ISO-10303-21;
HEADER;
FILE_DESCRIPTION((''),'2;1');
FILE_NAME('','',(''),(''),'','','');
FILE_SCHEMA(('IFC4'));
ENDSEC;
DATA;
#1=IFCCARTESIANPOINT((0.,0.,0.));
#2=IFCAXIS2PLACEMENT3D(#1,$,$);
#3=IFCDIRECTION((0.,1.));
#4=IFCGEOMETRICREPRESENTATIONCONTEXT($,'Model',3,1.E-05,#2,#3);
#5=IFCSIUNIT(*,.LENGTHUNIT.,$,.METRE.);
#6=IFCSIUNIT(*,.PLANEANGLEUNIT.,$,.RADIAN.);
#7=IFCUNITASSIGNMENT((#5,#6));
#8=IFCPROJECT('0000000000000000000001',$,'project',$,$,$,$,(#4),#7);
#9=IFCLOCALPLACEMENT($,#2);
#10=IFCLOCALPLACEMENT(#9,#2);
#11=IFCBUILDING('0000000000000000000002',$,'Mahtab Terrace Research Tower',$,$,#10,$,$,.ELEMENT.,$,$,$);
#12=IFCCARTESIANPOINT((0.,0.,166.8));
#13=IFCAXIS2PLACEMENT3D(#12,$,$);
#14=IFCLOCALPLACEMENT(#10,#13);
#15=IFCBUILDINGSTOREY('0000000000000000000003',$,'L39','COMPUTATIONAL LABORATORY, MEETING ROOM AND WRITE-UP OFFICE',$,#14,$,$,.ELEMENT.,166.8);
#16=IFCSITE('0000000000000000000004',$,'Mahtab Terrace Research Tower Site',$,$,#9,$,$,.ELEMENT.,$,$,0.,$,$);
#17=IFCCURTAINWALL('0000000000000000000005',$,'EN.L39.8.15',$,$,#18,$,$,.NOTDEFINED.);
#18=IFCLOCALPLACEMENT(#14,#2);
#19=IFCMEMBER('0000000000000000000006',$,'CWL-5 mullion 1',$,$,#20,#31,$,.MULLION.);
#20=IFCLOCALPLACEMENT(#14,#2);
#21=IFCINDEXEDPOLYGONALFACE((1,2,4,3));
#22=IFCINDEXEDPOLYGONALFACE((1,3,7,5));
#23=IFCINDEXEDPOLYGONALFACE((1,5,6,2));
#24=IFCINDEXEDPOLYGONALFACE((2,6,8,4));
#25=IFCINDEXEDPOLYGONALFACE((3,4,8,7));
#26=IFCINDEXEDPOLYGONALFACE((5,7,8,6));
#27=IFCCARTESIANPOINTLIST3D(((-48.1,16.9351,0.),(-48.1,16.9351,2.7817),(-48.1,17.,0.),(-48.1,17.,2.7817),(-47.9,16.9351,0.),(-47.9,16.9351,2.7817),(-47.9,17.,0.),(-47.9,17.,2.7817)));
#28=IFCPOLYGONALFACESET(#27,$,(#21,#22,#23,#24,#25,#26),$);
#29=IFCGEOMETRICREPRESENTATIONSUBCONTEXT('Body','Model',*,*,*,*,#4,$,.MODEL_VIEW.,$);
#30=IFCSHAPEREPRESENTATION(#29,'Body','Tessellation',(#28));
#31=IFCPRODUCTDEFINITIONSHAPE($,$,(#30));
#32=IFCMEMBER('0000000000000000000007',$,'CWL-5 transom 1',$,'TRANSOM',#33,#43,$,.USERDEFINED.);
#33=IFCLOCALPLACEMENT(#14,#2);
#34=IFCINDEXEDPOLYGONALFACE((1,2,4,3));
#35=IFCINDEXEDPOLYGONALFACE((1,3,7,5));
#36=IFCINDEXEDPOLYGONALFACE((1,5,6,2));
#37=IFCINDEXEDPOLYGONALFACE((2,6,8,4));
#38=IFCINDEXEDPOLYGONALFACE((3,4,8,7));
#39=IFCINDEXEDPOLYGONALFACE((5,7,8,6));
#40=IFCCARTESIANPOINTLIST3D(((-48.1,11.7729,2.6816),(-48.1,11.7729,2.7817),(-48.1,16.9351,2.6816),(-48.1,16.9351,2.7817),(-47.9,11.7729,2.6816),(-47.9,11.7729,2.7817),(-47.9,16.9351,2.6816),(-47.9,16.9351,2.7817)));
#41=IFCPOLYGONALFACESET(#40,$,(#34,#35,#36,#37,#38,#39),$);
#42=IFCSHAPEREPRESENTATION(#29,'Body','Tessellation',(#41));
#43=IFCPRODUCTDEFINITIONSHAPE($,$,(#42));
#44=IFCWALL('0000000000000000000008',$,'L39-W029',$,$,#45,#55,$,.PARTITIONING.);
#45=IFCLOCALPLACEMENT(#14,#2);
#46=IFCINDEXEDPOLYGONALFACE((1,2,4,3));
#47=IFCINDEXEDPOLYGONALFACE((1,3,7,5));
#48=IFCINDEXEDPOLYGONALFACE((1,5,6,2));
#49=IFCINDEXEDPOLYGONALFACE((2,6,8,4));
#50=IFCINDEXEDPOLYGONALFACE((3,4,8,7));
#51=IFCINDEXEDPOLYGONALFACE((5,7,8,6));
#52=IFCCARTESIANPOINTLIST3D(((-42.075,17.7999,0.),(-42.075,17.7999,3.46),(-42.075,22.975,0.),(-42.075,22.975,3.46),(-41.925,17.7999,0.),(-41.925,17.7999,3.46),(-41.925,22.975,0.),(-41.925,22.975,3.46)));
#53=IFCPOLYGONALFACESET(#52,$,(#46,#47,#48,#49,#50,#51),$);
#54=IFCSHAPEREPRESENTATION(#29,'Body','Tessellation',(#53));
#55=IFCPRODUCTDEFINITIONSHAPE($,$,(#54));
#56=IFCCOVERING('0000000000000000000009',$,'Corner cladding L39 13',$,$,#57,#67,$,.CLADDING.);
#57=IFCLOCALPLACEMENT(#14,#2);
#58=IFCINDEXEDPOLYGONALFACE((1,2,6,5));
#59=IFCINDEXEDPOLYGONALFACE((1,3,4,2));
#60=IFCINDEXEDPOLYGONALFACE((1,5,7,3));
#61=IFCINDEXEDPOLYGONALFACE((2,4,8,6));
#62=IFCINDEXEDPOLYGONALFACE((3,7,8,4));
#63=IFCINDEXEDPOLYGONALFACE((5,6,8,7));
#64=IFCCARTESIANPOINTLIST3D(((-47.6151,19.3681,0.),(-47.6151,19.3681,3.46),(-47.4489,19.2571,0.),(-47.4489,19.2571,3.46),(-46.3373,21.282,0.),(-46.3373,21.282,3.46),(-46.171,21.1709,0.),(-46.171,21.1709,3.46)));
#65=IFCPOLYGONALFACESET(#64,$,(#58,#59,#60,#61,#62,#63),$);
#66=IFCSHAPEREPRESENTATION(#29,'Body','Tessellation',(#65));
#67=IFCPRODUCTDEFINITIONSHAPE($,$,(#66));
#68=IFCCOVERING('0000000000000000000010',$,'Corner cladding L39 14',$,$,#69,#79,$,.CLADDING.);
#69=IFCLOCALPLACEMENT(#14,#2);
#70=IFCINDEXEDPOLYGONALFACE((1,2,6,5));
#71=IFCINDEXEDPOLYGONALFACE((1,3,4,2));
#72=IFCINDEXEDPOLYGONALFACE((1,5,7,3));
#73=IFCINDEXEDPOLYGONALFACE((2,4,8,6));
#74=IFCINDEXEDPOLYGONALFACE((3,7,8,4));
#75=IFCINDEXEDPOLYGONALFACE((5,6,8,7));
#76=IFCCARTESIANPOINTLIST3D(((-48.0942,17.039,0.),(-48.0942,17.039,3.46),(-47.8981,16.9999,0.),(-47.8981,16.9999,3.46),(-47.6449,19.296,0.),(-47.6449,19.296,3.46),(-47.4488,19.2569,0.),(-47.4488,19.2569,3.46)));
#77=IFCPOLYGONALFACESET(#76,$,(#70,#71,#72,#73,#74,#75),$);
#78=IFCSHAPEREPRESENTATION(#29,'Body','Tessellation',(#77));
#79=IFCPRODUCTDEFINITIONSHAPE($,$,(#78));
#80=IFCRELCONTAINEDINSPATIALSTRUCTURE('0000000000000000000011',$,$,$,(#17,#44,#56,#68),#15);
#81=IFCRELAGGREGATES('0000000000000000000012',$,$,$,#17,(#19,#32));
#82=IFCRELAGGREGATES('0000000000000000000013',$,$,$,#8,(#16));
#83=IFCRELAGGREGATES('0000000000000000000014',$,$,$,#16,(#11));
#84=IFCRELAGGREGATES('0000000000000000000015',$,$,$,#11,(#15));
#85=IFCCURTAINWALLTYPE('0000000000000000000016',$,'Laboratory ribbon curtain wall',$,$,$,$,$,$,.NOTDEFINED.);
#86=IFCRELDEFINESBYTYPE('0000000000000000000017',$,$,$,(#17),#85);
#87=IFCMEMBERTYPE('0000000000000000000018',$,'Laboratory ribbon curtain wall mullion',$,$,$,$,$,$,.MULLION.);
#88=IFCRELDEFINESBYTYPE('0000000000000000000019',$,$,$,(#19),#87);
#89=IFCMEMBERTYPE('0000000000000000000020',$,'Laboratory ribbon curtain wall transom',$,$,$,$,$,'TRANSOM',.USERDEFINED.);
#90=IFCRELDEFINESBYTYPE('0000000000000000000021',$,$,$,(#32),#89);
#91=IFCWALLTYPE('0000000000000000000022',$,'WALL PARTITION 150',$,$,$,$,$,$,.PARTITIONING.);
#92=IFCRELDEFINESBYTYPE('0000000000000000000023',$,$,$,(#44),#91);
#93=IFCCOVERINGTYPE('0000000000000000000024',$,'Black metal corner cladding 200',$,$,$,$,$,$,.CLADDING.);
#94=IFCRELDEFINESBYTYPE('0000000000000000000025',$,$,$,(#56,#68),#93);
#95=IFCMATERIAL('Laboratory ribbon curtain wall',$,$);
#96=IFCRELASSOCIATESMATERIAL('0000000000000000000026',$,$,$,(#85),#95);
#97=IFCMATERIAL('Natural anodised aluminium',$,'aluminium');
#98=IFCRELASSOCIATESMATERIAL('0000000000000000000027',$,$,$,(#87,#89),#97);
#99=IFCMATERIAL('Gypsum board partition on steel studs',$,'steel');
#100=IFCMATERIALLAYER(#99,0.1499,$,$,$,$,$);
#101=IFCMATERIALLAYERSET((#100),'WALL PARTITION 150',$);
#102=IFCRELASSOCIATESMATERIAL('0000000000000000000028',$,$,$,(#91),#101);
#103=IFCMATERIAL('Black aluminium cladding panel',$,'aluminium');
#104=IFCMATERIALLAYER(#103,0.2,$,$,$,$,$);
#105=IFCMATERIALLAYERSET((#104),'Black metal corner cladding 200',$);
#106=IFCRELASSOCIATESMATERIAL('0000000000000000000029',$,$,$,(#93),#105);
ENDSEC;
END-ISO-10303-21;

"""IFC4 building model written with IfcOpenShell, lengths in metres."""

from ifc_helpers import new_model, si_unit, direction, frame, frame_2d, origin, origin_2d, place, context, subcontext, project, spatial, rectangle, extrude, material, layer, layer_set, material_profile, profile_set, type_object, element, aggregate, save


model = new_model("IFC4")

# Units and contexts
model_context = context("Model", 3, precision=1e-05, world=origin(), true_north=direction((0.0, 1.0)))
body_context = subcontext(model_context, "Body", "Model", "MODEL_VIEW")
ifc_project = project(units=[si_unit("LENGTHUNIT", "METRE"), si_unit("PLANEANGLEUNIT", "RADIAN")], contexts=[model_context])

# Site, building, storey
site_placement = place(None, origin())
site = spatial("IfcSite", under=ifc_project, at=site_placement, Name="Mahtab Terrace Research Tower Site", CompositionType="ELEMENT", RefElevation=0.0)
building_placement = place(site_placement, origin())
building = spatial("IfcBuilding", under=site, at=building_placement, Name="Mahtab Terrace Research Tower", CompositionType="ELEMENT")
storey_placement = place(building_placement, frame((0.0, 0.0, 166.8)))
storey = spatial("IfcBuildingStorey", under=building, at=storey_placement, Name="L39", Description="COMPUTATIONAL LABORATORY, MEETING ROOM AND WRITE-UP OFFICE", CompositionType="ELEMENT", Elevation=166.8)

# Curtain wall, members
ifc_material_1 = material(Name="Laboratory ribbon curtain wall")
curtain_wall_type = type_object("IfcCurtainWallType", Name="Laboratory ribbon curtain wall", PredefinedType="NOTDEFINED", material=ifc_material_1)
curtain_wall_placement = place(storey_placement, origin())
curtain_wall = element("IfcCurtainWall", 1, at=curtain_wall_placement, inside=storey, type_object=curtain_wall_type, Name="EN.L39.8.15", PredefinedType="NOTDEFINED")
ifc_material_2 = material(Name="Natural anodised aluminium", Category="aluminium")
ifc_material_profile_1 = material_profile(ifc_material_2, rectangle(XDim=0.2, YDim=0.0649, at=origin_2d()), Name="MULLION 65x200")
ifc_profile_set_1 = profile_set([ifc_material_profile_1], Name="Natural anodised aluminium")
member_type_1 = type_object("IfcMemberType", Name="Laboratory ribbon curtain wall mullion", PredefinedType="MULLION", material=ifc_profile_set_1)
member_1_placement = place(storey_placement, frame((-48.0, 16.9675, 0.0), z_axis=(0.0, 0.0, 1.0), x_axis=(1.0, 0.0, 0.0)))
member_1 = element("IfcMember", 2, at=member_1_placement, type_object=member_type_1, Name="CWL-5 mullion 1", PredefinedType="MULLION", context=body_context, shape_type="SweptSolid", body=[
    extrude(rectangle(XDim=0.2, YDim=0.0649, at=origin_2d()), origin(), (0.0, 0.0, 1.0), 2.7817),
])
ifc_material_profile_2 = material_profile(ifc_material_2, rectangle(XDim=0.2, YDim=0.1001, at=origin_2d()), Name="TRANSOM 100x200")
ifc_profile_set_2 = profile_set([ifc_material_profile_2], Name="Natural anodised aluminium")
member_type_2 = type_object("IfcMemberType", Name="Laboratory ribbon curtain wall transom", ElementType="TRANSOM", PredefinedType="USERDEFINED", material=ifc_profile_set_2)
member_2_placement = place(storey_placement, frame((-48.0, 16.9351, 2.7317), z_axis=(0.0, -1.0, 0.0), x_axis=(1.0, 0.0, 0.0)))
member_2 = element("IfcMember", 3, at=member_2_placement, type_object=member_type_2, Name="CWL-5 transom 1", ObjectType="TRANSOM", PredefinedType="USERDEFINED", context=body_context, shape_type="SweptSolid", body=[
    extrude(rectangle(XDim=0.2, YDim=0.1001, at=origin_2d()), origin(), (0.0, 0.0, 1.0), 5.1621),
])
aggregate(curtain_wall, [member_1, member_2])

# Wall
ifc_material_3 = material(Name="Gypsum board partition on steel studs", Category="steel")
ifc_layer_1 = layer(ifc_material_3, 0.1499)
ifc_layer_set_1 = layer_set([ifc_layer_1], Name="WALL PARTITION 150")
wall_type_1 = type_object("IfcWallType", Name="WALL PARTITION 150", PredefinedType="PARTITIONING", material=ifc_layer_set_1)
wall_1_placement = place(storey_placement, frame((-42.0, 17.8, 0.0), z_axis=(0.0, 0.0, 1.0), x_axis=(0.0, 1.0, 0.0)))
element("IfcWall", 4, at=wall_1_placement, inside=storey, type_object=wall_type_1, Name="L39-W029", PredefinedType="PARTITIONING", context=body_context, shape_type="SweptSolid", body=[
    extrude(rectangle(XDim=5.175, YDim=0.1499, at=frame_2d((2.5874, 0.0))), origin(), (0.0, 0.0, 1.0), 3.46),
])

# Coverings
ifc_material_4 = material(Name="Black aluminium cladding panel", Category="aluminium")
ifc_layer_2 = layer(ifc_material_4, 0.2)
ifc_layer_set_2 = layer_set([ifc_layer_2], Name="Black metal corner cladding 200")
covering_type = type_object("IfcCoveringType", Name="Black metal corner cladding 200", PredefinedType="CLADDING", material=ifc_layer_set_2)
for number, where, z_axis, x_axis, name in (
    (5, (-46.8931, 20.2695, 0.0), (0.0, 0.0, 1.0), (-0.555291, -0.831656, 0.0), "Corner cladding L39 13"),
    (6, (-47.7715, 18.1479, 0.0), (0.0, 0.0, 1.0), (-0.195212, -0.980761, 0.0), "Corner cladding L39 14"),
):
    element("IfcCovering", number, at=place(storey_placement, frame(where, z_axis=z_axis, x_axis=x_axis)), inside=storey, type_object=covering_type, Name=name, PredefinedType="CLADDING", context=body_context, shape_type="SweptSolid", body=[
        extrude(rectangle(XDim=2.3013, YDim=0.2, at=origin_2d()), origin(), (0.0, 0.0, 1.0), 3.46),
    ])

save(model, "model.ifc")
